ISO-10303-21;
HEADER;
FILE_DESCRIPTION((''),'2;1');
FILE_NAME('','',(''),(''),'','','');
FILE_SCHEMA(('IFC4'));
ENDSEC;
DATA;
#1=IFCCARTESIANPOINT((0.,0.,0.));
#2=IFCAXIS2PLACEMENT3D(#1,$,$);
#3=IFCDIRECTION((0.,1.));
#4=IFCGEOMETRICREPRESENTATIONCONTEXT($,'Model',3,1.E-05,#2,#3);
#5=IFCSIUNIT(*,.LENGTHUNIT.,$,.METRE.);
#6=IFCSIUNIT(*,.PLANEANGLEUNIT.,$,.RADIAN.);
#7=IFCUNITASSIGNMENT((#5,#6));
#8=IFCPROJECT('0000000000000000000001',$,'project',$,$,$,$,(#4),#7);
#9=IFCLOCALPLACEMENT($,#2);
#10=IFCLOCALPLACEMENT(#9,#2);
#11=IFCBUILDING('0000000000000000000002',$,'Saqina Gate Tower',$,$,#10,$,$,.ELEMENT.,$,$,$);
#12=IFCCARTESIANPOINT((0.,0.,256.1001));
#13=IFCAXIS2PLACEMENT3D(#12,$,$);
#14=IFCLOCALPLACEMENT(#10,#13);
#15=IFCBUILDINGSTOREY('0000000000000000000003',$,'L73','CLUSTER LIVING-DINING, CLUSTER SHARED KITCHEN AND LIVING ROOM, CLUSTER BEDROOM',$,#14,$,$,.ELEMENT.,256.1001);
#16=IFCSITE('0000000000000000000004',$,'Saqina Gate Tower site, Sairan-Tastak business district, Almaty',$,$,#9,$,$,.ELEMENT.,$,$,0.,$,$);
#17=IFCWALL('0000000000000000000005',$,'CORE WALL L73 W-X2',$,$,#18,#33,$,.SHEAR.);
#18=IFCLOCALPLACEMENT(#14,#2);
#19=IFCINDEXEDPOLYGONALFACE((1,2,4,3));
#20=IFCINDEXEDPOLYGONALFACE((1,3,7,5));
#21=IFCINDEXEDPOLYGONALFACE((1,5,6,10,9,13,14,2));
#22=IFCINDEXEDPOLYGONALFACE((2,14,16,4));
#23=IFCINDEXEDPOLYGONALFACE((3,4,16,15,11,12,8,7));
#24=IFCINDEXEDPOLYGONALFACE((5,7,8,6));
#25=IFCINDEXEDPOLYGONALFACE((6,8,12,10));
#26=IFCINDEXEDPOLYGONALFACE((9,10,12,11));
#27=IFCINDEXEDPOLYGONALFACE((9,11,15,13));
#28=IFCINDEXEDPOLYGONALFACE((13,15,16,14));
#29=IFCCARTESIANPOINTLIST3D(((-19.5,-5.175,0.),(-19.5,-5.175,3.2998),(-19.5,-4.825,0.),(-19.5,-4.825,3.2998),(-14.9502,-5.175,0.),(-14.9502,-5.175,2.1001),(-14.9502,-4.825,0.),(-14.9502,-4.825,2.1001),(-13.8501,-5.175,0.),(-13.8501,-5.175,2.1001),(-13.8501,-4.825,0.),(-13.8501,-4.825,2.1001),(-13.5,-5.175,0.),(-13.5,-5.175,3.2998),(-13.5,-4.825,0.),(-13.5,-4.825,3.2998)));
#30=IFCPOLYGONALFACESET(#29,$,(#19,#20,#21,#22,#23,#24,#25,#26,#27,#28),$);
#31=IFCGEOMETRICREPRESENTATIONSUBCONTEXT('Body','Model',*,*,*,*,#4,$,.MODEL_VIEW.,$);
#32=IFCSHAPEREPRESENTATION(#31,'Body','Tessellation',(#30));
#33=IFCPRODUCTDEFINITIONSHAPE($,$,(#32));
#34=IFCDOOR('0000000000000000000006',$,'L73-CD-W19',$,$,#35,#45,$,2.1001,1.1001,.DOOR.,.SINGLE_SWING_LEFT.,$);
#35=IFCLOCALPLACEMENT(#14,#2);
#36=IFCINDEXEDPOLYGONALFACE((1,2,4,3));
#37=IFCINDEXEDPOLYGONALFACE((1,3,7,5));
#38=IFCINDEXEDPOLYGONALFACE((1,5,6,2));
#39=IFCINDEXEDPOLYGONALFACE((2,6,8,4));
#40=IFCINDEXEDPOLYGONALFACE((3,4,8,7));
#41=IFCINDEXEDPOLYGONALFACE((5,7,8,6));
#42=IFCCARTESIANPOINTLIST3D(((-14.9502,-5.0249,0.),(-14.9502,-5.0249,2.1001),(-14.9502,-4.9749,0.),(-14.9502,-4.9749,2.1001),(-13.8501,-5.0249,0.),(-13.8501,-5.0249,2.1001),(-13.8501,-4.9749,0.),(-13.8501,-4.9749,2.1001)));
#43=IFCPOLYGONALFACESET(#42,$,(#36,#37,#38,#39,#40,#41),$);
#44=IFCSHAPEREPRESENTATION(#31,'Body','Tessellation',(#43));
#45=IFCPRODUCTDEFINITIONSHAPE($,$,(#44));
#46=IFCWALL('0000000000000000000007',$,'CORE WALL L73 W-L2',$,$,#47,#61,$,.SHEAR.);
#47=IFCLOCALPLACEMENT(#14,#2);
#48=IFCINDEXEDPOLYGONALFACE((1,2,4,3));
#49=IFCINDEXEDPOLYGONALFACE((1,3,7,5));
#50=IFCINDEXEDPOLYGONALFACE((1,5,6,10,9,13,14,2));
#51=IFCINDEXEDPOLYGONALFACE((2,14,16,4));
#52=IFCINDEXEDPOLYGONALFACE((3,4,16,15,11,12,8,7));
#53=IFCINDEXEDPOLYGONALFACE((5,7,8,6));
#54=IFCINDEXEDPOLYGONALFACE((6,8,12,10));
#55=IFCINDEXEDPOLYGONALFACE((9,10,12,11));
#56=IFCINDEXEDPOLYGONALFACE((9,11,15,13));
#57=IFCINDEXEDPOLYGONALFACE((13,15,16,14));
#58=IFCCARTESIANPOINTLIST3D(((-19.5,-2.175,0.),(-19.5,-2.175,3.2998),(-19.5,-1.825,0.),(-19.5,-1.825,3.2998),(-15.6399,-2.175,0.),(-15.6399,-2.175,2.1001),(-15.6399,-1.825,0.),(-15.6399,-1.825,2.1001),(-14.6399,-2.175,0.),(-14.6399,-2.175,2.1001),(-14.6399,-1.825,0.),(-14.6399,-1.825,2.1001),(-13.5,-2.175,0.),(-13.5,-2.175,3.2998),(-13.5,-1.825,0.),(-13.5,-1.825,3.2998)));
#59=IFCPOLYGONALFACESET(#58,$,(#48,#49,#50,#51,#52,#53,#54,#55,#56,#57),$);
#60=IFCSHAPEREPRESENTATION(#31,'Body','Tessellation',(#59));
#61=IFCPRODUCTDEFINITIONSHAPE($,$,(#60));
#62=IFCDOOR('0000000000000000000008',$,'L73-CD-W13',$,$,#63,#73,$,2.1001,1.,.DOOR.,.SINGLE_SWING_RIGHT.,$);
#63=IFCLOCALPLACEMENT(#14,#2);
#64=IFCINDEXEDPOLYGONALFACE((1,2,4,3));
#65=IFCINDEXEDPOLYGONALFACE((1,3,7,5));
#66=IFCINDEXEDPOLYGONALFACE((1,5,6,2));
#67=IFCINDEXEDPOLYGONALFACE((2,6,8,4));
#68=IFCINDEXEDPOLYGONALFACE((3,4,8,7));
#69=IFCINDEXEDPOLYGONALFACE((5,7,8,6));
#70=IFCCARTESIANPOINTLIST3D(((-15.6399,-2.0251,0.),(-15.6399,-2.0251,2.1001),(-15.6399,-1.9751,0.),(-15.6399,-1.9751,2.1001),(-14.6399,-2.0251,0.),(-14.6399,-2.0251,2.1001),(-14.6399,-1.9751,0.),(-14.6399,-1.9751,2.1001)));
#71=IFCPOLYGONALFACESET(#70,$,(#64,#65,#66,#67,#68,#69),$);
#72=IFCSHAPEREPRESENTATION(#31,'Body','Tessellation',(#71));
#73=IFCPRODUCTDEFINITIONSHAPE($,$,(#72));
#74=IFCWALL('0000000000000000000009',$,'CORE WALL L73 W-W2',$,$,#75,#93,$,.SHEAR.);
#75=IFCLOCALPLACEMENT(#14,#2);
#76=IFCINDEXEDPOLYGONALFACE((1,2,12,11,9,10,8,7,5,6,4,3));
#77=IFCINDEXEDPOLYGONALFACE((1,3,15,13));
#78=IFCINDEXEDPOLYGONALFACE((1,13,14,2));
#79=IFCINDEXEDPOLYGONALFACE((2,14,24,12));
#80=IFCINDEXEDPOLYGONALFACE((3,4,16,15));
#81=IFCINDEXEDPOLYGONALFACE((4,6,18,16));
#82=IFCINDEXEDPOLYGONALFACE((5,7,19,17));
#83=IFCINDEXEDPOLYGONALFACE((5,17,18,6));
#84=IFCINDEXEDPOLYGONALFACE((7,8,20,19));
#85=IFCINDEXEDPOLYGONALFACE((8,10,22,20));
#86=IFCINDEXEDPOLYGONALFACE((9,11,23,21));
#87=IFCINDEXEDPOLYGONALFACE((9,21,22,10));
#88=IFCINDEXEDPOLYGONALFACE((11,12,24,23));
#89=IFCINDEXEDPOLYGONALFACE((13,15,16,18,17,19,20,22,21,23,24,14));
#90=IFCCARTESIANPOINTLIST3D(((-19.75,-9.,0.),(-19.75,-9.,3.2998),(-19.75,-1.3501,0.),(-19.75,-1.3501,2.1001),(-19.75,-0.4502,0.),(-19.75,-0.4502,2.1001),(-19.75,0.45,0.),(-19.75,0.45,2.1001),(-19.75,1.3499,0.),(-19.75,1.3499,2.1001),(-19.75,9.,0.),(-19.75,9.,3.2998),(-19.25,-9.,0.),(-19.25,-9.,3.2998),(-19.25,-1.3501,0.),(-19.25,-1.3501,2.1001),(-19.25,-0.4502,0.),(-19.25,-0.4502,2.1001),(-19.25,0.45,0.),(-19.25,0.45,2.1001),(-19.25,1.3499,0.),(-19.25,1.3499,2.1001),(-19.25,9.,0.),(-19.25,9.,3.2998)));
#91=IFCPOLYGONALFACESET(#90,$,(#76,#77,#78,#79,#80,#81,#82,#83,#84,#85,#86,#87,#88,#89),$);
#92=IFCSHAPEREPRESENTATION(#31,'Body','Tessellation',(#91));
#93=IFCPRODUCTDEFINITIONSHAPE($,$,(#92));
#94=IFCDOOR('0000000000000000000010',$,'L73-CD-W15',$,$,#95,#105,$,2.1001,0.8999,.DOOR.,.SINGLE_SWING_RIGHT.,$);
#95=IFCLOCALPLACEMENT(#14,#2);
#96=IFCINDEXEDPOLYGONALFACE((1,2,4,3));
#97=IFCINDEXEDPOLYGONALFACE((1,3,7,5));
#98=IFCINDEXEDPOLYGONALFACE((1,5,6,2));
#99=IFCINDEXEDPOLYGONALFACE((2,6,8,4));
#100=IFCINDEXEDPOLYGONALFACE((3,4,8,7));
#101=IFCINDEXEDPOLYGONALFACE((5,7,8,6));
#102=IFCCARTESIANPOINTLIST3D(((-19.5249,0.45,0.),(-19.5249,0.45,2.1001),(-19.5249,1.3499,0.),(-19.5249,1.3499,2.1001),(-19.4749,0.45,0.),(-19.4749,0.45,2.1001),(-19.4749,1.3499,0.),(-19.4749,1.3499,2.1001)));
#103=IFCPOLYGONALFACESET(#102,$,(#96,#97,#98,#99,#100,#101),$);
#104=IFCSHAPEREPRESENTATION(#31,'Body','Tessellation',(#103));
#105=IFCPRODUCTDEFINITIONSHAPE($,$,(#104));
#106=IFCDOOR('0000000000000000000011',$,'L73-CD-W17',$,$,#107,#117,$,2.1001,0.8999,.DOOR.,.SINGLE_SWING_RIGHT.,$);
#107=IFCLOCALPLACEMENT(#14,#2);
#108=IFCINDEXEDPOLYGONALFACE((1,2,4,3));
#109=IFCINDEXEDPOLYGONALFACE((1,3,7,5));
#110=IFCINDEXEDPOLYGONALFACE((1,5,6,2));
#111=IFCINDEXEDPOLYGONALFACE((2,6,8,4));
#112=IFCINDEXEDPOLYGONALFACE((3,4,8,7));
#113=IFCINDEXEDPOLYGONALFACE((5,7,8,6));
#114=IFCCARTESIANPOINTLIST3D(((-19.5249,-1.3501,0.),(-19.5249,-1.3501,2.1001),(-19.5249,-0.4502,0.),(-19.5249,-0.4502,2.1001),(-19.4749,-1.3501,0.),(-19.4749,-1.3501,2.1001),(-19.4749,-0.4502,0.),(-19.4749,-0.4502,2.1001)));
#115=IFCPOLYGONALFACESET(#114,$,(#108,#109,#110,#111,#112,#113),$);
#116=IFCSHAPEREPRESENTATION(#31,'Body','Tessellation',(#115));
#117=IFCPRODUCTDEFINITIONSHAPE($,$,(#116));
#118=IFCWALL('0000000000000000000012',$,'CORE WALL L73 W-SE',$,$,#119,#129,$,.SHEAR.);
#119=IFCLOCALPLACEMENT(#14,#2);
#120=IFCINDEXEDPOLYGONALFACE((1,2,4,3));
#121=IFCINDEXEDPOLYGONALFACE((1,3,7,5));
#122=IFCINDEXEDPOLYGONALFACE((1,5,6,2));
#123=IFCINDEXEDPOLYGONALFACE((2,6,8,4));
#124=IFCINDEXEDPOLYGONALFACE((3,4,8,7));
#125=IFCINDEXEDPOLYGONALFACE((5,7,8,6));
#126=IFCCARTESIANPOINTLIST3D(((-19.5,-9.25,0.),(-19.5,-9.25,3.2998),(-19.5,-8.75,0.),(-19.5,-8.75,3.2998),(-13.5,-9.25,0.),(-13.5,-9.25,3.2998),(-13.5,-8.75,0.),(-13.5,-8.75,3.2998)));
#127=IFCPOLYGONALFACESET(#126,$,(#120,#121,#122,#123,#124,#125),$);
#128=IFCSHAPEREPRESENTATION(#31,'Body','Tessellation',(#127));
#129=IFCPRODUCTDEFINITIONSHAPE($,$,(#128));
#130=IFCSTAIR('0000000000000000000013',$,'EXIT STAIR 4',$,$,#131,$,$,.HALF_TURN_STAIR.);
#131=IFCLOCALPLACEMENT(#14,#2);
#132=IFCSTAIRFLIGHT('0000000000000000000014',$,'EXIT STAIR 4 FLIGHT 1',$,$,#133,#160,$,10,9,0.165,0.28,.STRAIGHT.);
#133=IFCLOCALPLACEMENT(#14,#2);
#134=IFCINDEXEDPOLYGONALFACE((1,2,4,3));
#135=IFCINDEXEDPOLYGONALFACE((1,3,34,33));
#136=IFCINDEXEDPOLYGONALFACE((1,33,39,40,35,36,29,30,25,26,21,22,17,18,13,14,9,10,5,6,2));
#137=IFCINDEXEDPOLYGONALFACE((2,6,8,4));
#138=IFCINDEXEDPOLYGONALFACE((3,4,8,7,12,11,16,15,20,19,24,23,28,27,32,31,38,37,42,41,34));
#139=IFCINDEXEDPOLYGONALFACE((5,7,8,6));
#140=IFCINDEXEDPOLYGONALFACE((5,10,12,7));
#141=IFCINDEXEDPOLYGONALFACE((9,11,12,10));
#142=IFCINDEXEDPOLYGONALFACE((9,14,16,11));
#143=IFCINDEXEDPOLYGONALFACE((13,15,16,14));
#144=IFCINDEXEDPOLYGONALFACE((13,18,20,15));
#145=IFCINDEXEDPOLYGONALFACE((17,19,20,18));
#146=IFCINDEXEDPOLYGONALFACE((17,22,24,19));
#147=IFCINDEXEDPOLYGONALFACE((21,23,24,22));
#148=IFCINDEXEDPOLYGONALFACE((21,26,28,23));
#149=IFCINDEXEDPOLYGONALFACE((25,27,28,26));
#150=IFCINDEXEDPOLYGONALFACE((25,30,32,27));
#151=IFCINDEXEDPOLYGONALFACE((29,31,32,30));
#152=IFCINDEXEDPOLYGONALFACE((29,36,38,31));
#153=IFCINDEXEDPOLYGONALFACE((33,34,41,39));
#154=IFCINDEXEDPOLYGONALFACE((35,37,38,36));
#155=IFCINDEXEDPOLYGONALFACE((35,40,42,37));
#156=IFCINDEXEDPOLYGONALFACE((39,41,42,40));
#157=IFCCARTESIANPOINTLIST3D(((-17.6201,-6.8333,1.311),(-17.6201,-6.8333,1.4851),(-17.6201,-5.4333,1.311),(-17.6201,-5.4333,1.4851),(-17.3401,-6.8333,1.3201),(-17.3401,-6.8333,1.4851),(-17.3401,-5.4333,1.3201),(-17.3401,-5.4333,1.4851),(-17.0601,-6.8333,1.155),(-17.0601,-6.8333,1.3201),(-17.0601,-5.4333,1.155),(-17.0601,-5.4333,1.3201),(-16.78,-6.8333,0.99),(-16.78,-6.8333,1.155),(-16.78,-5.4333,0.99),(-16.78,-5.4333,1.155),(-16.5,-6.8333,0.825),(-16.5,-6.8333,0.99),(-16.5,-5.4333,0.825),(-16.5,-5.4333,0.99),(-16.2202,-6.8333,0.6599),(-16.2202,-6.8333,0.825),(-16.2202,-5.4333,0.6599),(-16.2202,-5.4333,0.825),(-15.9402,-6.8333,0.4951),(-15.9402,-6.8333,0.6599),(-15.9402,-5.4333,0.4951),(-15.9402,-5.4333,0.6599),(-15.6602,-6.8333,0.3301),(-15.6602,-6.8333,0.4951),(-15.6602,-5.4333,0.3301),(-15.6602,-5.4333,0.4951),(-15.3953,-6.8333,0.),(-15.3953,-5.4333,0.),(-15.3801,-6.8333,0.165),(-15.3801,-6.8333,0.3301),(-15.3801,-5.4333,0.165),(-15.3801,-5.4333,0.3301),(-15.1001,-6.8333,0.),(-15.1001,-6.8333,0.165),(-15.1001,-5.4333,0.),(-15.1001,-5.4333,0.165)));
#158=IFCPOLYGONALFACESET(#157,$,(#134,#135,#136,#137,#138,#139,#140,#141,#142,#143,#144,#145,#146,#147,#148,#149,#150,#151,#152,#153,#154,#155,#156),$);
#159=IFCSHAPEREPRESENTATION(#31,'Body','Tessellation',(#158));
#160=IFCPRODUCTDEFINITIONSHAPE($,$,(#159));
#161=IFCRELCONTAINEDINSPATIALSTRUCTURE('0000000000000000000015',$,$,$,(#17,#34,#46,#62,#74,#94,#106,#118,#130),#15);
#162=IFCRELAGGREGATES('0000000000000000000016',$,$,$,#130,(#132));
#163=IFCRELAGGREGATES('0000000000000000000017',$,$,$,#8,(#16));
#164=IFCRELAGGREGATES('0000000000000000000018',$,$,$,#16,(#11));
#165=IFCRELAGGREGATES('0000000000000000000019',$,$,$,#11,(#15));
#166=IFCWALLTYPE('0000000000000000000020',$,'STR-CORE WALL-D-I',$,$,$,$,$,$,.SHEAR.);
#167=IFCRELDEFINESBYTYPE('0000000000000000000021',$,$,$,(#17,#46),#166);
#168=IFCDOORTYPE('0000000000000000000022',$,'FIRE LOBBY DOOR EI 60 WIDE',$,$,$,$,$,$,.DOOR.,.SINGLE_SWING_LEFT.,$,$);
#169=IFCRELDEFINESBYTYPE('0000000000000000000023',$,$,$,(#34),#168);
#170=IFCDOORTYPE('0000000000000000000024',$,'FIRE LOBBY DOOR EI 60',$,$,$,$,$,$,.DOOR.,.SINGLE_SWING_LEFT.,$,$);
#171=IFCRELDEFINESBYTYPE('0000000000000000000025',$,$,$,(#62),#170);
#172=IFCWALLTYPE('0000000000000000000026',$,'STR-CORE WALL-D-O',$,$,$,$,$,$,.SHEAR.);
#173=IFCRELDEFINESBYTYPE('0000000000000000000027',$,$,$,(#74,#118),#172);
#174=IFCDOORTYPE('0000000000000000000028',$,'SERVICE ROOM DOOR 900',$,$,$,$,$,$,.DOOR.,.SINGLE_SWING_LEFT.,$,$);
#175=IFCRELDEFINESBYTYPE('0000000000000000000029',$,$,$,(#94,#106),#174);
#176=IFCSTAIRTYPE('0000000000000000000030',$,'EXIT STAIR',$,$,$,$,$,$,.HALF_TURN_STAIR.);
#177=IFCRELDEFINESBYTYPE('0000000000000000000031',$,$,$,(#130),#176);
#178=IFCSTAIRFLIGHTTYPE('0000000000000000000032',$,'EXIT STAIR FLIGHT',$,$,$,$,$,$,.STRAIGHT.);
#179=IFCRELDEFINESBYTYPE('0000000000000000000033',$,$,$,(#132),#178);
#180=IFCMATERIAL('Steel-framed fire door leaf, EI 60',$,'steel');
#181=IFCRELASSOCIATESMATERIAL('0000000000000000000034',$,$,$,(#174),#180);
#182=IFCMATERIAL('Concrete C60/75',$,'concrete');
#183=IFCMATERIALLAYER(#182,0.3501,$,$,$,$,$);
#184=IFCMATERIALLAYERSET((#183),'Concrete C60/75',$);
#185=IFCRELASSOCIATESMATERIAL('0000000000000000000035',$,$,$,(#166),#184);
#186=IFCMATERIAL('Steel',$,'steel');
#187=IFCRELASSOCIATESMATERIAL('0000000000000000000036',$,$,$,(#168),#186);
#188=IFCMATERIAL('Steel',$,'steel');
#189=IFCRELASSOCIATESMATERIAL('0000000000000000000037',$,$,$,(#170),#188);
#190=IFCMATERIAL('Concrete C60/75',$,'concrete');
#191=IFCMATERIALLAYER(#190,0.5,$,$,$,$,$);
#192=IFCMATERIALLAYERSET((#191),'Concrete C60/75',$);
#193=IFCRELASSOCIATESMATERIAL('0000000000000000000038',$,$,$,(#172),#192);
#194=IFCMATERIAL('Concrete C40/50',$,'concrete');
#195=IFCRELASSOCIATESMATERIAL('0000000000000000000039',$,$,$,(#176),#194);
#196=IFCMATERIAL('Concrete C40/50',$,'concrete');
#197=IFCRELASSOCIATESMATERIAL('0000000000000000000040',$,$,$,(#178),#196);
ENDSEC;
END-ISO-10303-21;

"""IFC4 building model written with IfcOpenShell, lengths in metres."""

from ifc_helpers import new_model, si_unit, direction, frame, frame_2d, origin, place, context, subcontext, project, spatial, polyline, rectangle, outline, extrude, material, layer, layer_set, type_object, element, fill, aggregate, save


model = new_model("IFC4")

# Units and contexts
model_context = context("Model", 3, precision=1e-05, world=origin(), true_north=direction((0.0, 1.0)))
body_context = subcontext(model_context, "Body", "Model", "MODEL_VIEW")
ifc_project = project(units=[si_unit("LENGTHUNIT", "METRE"), si_unit("PLANEANGLEUNIT", "RADIAN")], contexts=[model_context])

# Site, building, storey
site_placement = place(None, origin())
site = spatial("IfcSite", under=ifc_project, at=site_placement, Name="Saqina Gate Tower site, Sairan-Tastak business district, Almaty", CompositionType="ELEMENT", RefElevation=0.0)
building_placement = place(site_placement, origin())
building = spatial("IfcBuilding", under=site, at=building_placement, Name="Saqina Gate Tower", CompositionType="ELEMENT")
storey_placement = place(building_placement, frame((0.0, 0.0, 256.1001)))
storey = spatial("IfcBuildingStorey", under=building, at=storey_placement, Name="L73", Description="CLUSTER LIVING-DINING, CLUSTER SHARED KITCHEN AND LIVING ROOM, CLUSTER BEDROOM", CompositionType="ELEMENT", Elevation=256.1001)

# Shared definitions
ifc_material_1 = material(Name="Steel-framed fire door leaf, EI 60", Category="steel")
door_type_1 = type_object("IfcDoorType", Name="SERVICE ROOM DOOR 900", OperationType="SINGLE_SWING_LEFT", PredefinedType="DOOR", material=ifc_material_1)

# Walls, openings, doors
ifc_material_2 = material(Name="Concrete C60/75", Category="concrete")
ifc_layer_1 = layer(ifc_material_2, 0.3501)
ifc_layer_set_1 = layer_set([ifc_layer_1], Name="Concrete C60/75")
wall_type_1 = type_object("IfcWallType", Name="STR-CORE WALL-D-I", PredefinedType="SHEAR", material=ifc_layer_set_1)
wall_1_placement = place(storey_placement, frame((-13.5, -5.0, 0.0), z_axis=(0.0, 0.0, 1.0), x_axis=(-1.0, 0.0, 0.0)))
wall_1 = element("IfcWall", 1, at=wall_1_placement, inside=storey, type_object=wall_type_1, Name="CORE WALL L73 W-X2", PredefinedType="SHEAR", context=body_context, shape_type="SweptSolid", body=[
    extrude(rectangle(XDim=6.0, YDim=0.3501, at=frame_2d((3.0, 0.0))), origin(), (0.0, 0.0, 1.0), 3.2998),
])
opening_1_placement = place(wall_1_placement, frame((0.3501, 0.0, 0.0)))
opening_1 = element("IfcOpeningElement", 2, at=opening_1_placement, cuts=wall_1, PredefinedType="OPENING", context=body_context, shape_type="SweptSolid", body=[
    extrude(rectangle(XDim=1.1001, YDim=2.1001, at=frame_2d((0.55, 1.05))), frame((0.0, 0.187, 0.0), z_axis=(0.0, -1.0, 0.0), x_axis=(1.0, 0.0, 0.0)), (0.0, 0.0, 1.0), 0.374),
])
ifc_material_3 = material(Name="Steel", Category="steel")
door_type_2 = type_object("IfcDoorType", Name="FIRE LOBBY DOOR EI 60 WIDE", OperationType="SINGLE_SWING_LEFT", PredefinedType="DOOR", material=ifc_material_3)
door_1_placement = place(opening_1_placement, origin())
door_1 = element("IfcDoor", 3, at=door_1_placement, inside=storey, type_object=door_type_2, Name="L73-CD-W19", OperationType="SINGLE_SWING_LEFT", OverallHeight=2.1001, OverallWidth=1.1001, PredefinedType="DOOR", context=body_context, shape_type="SweptSolid", body=[
    extrude(rectangle(XDim=1.1001, YDim=2.1001, at=frame_2d((0.55, 1.05))), frame((0.0, 0.0249, 0.0), z_axis=(0.0, -1.0, 0.0), x_axis=(1.0, 0.0, 0.0)), (0.0, 0.0, 1.0), 0.05),
])
fill(opening_1, door_1)
wall_2_placement = place(storey_placement, frame((-13.5, -2.0, 0.0), z_axis=(0.0, 0.0, 1.0), x_axis=(-1.0, 0.0, 0.0)))
wall_2 = element("IfcWall", 4, at=wall_2_placement, inside=storey, type_object=wall_type_1, Name="CORE WALL L73 W-L2", PredefinedType="SHEAR", context=body_context, shape_type="SweptSolid", body=[
    extrude(rectangle(XDim=6.0, YDim=0.3501, at=frame_2d((3.0, 0.0))), origin(), (0.0, 0.0, 1.0), 3.2998),
])
opening_2_placement = place(wall_2_placement, frame((1.1399, 0.0, 0.0)))
opening_2 = element("IfcOpeningElement", 5, at=opening_2_placement, cuts=wall_2, PredefinedType="OPENING", context=body_context, shape_type="SweptSolid", body=[
    extrude(rectangle(XDim=1.0, YDim=2.1001, at=frame_2d((0.5, 1.05))), frame((0.0, 0.187, 0.0), z_axis=(0.0, -1.0, 0.0), x_axis=(1.0, 0.0, 0.0)), (0.0, 0.0, 1.0), 0.374),
])
ifc_material_4 = material(Name="Steel", Category="steel")
door_type_3 = type_object("IfcDoorType", Name="FIRE LOBBY DOOR EI 60", OperationType="SINGLE_SWING_LEFT", PredefinedType="DOOR", material=ifc_material_4)
door_2_placement = place(opening_2_placement, frame((1.0, 0.0, 0.0), z_axis=(0.0, 0.0, 1.0), x_axis=(-1.0, 0.0, 0.0)))
door_2 = element("IfcDoor", 6, at=door_2_placement, inside=storey, type_object=door_type_3, Name="L73-CD-W13", OperationType="SINGLE_SWING_RIGHT", OverallHeight=2.1001, OverallWidth=1.0, PredefinedType="DOOR", context=body_context, shape_type="SweptSolid", body=[
    extrude(rectangle(XDim=1.0, YDim=2.1001, at=frame_2d((0.5, 1.05))), frame((0.0, 0.0249, 0.0), z_axis=(0.0, -1.0, 0.0), x_axis=(1.0, 0.0, 0.0)), (0.0, 0.0, 1.0), 0.05),
])
fill(opening_2, door_2)

# Wall, openings, doors
ifc_material_5 = material(Name="Concrete C60/75", Category="concrete")
ifc_layer_2 = layer(ifc_material_5, 0.5)
ifc_layer_set_2 = layer_set([ifc_layer_2], Name="Concrete C60/75")
wall_type_2 = type_object("IfcWallType", Name="STR-CORE WALL-D-O", PredefinedType="SHEAR", material=ifc_layer_set_2)
wall_3_placement = place(storey_placement, frame((-19.5, -9.0, 0.0), z_axis=(0.0, 0.0, 1.0), x_axis=(0.0, 1.0, 0.0)))
wall_3 = element("IfcWall", 7, at=wall_3_placement, inside=storey, type_object=wall_type_2, Name="CORE WALL L73 W-W2", PredefinedType="SHEAR", context=body_context, shape_type="SweptSolid", body=[
    extrude(rectangle(XDim=18.0, YDim=0.5, at=frame_2d((9.0, 0.0))), origin(), (0.0, 0.0, 1.0), 3.2998),
])
opening_3_placement = place(wall_3_placement, frame((9.45, 0.0, 0.0)))
opening_3 = element("IfcOpeningElement", 8, at=opening_3_placement, cuts=wall_3, PredefinedType="OPENING", context=body_context, shape_type="SweptSolid", body=[
    extrude(rectangle(XDim=0.8999, YDim=2.1001, at=frame_2d((0.45, 1.05))), frame((0.0, 0.262, 0.0), z_axis=(0.0, -1.0, 0.0), x_axis=(1.0, 0.0, 0.0)), (0.0, 0.0, 1.0), 0.5239),
])
opening_4_placement = place(wall_3_placement, frame((7.6499, 0.0, 0.0)))
opening_4 = element("IfcOpeningElement", 9, at=opening_4_placement, cuts=wall_3, PredefinedType="OPENING", context=body_context, shape_type="SweptSolid", body=[
    extrude(rectangle(XDim=0.8999, YDim=2.1001, at=frame_2d((0.45, 1.05))), frame((0.0, 0.262, 0.0), z_axis=(0.0, -1.0, 0.0), x_axis=(1.0, 0.0, 0.0)), (0.0, 0.0, 1.0), 0.5239),
])
door_3_placement = place(opening_3_placement, origin())
door_3 = element("IfcDoor", 10, at=door_3_placement, inside=storey, type_object=door_type_1, Name="L73-CD-W15", OperationType="SINGLE_SWING_RIGHT", OverallHeight=2.1001, OverallWidth=0.8999, PredefinedType="DOOR", context=body_context, shape_type="SweptSolid", body=[
    extrude(rectangle(XDim=0.8999, YDim=2.1001, at=frame_2d((0.45, 1.05))), frame((0.0, 0.0249, 0.0), z_axis=(0.0, -1.0, 0.0), x_axis=(1.0, 0.0, 0.0)), (0.0, 0.0, 1.0), 0.05),
])
fill(opening_3, door_3)
door_4_placement = place(opening_4_placement, origin())
door_4 = element("IfcDoor", 11, at=door_4_placement, inside=storey, type_object=door_type_1, Name="L73-CD-W17", OperationType="SINGLE_SWING_RIGHT", OverallHeight=2.1001, OverallWidth=0.8999, PredefinedType="DOOR", context=body_context, shape_type="SweptSolid", body=[
    extrude(rectangle(XDim=0.8999, YDim=2.1001, at=frame_2d((0.45, 1.05))), frame((0.0, 0.0249, 0.0), z_axis=(0.0, -1.0, 0.0), x_axis=(1.0, 0.0, 0.0)), (0.0, 0.0, 1.0), 0.05),
])
fill(opening_4, door_4)

# Wall
wall_4_placement = place(storey_placement, frame((-13.5, -9.0, 0.0), z_axis=(0.0, 0.0, 1.0), x_axis=(-1.0, 0.0, 0.0)))
element("IfcWall", 12, at=wall_4_placement, inside=storey, type_object=wall_type_2, Name="CORE WALL L73 W-SE", PredefinedType="SHEAR", context=body_context, shape_type="SweptSolid", body=[
    extrude(rectangle(XDim=6.0, YDim=0.5, at=frame_2d((3.0, 0.0))), origin(), (0.0, 0.0, 1.0), 3.2998),
])

# Stair, stair flight
ifc_material_6 = material(Name="Concrete C40/50", Category="concrete")
stair_type = type_object("IfcStairType", Name="EXIT STAIR", PredefinedType="HALF_TURN_STAIR", material=ifc_material_6)
stair_placement = place(storey_placement, origin())
stair = element("IfcStair", 13, at=stair_placement, inside=storey, type_object=stair_type, Name="EXIT STAIR 4", PredefinedType="HALF_TURN_STAIR")
ifc_material_7 = material(Name="Concrete C40/50", Category="concrete")
stair_flight_type = type_object("IfcStairFlightType", Name="EXIT STAIR FLIGHT", PredefinedType="STRAIGHT", material=ifc_material_7)
stair_flight_1_placement = place(storey_placement, frame((-15.1001, -6.1333, 0.0), z_axis=(0.0, 0.0, 1.0), x_axis=(-1.0, 0.0, 0.0)))
stair_flight_1 = element("IfcStairFlight", 14, at=stair_flight_1_placement, type_object=stair_flight_type, Name="EXIT STAIR 4 FLIGHT 1", NumberOfRisers=10, NumberOfTreads=9, PredefinedType="STRAIGHT", RiserHeight=0.165, TreadLength=0.28, context=body_context, shape_type="SweptSolid", body=[
    extrude(outline(polyline([(0.0, 0.0), (0.0, 0.165), (0.28, 0.165), (0.28, 0.3301), (0.5601, 0.3301), (0.5601, 0.4951), (0.8401, 0.4951), (0.8401, 0.6599), (1.1201, 0.6599), (1.1201, 0.825), (1.3999, 0.825), (1.3999, 0.99), (1.6799, 0.99), (1.6799, 1.155), (1.96, 1.155), (1.96, 1.3201), (2.24, 1.3201), (2.24, 1.4851), (2.52, 1.4851), (2.52, 1.6499), (2.52, 1.311), (0.2952, 0.0), (0.0, 0.0)])), frame((0.0, 0.7, 0.0), z_axis=(0.0, -1.0, 0.0), x_axis=(1.0, 0.0, 0.0)), (0.0, 0.0, 1.0), 1.3999),
])
aggregate(stair, [stair_flight_1])

save(model, "model.ifc")
